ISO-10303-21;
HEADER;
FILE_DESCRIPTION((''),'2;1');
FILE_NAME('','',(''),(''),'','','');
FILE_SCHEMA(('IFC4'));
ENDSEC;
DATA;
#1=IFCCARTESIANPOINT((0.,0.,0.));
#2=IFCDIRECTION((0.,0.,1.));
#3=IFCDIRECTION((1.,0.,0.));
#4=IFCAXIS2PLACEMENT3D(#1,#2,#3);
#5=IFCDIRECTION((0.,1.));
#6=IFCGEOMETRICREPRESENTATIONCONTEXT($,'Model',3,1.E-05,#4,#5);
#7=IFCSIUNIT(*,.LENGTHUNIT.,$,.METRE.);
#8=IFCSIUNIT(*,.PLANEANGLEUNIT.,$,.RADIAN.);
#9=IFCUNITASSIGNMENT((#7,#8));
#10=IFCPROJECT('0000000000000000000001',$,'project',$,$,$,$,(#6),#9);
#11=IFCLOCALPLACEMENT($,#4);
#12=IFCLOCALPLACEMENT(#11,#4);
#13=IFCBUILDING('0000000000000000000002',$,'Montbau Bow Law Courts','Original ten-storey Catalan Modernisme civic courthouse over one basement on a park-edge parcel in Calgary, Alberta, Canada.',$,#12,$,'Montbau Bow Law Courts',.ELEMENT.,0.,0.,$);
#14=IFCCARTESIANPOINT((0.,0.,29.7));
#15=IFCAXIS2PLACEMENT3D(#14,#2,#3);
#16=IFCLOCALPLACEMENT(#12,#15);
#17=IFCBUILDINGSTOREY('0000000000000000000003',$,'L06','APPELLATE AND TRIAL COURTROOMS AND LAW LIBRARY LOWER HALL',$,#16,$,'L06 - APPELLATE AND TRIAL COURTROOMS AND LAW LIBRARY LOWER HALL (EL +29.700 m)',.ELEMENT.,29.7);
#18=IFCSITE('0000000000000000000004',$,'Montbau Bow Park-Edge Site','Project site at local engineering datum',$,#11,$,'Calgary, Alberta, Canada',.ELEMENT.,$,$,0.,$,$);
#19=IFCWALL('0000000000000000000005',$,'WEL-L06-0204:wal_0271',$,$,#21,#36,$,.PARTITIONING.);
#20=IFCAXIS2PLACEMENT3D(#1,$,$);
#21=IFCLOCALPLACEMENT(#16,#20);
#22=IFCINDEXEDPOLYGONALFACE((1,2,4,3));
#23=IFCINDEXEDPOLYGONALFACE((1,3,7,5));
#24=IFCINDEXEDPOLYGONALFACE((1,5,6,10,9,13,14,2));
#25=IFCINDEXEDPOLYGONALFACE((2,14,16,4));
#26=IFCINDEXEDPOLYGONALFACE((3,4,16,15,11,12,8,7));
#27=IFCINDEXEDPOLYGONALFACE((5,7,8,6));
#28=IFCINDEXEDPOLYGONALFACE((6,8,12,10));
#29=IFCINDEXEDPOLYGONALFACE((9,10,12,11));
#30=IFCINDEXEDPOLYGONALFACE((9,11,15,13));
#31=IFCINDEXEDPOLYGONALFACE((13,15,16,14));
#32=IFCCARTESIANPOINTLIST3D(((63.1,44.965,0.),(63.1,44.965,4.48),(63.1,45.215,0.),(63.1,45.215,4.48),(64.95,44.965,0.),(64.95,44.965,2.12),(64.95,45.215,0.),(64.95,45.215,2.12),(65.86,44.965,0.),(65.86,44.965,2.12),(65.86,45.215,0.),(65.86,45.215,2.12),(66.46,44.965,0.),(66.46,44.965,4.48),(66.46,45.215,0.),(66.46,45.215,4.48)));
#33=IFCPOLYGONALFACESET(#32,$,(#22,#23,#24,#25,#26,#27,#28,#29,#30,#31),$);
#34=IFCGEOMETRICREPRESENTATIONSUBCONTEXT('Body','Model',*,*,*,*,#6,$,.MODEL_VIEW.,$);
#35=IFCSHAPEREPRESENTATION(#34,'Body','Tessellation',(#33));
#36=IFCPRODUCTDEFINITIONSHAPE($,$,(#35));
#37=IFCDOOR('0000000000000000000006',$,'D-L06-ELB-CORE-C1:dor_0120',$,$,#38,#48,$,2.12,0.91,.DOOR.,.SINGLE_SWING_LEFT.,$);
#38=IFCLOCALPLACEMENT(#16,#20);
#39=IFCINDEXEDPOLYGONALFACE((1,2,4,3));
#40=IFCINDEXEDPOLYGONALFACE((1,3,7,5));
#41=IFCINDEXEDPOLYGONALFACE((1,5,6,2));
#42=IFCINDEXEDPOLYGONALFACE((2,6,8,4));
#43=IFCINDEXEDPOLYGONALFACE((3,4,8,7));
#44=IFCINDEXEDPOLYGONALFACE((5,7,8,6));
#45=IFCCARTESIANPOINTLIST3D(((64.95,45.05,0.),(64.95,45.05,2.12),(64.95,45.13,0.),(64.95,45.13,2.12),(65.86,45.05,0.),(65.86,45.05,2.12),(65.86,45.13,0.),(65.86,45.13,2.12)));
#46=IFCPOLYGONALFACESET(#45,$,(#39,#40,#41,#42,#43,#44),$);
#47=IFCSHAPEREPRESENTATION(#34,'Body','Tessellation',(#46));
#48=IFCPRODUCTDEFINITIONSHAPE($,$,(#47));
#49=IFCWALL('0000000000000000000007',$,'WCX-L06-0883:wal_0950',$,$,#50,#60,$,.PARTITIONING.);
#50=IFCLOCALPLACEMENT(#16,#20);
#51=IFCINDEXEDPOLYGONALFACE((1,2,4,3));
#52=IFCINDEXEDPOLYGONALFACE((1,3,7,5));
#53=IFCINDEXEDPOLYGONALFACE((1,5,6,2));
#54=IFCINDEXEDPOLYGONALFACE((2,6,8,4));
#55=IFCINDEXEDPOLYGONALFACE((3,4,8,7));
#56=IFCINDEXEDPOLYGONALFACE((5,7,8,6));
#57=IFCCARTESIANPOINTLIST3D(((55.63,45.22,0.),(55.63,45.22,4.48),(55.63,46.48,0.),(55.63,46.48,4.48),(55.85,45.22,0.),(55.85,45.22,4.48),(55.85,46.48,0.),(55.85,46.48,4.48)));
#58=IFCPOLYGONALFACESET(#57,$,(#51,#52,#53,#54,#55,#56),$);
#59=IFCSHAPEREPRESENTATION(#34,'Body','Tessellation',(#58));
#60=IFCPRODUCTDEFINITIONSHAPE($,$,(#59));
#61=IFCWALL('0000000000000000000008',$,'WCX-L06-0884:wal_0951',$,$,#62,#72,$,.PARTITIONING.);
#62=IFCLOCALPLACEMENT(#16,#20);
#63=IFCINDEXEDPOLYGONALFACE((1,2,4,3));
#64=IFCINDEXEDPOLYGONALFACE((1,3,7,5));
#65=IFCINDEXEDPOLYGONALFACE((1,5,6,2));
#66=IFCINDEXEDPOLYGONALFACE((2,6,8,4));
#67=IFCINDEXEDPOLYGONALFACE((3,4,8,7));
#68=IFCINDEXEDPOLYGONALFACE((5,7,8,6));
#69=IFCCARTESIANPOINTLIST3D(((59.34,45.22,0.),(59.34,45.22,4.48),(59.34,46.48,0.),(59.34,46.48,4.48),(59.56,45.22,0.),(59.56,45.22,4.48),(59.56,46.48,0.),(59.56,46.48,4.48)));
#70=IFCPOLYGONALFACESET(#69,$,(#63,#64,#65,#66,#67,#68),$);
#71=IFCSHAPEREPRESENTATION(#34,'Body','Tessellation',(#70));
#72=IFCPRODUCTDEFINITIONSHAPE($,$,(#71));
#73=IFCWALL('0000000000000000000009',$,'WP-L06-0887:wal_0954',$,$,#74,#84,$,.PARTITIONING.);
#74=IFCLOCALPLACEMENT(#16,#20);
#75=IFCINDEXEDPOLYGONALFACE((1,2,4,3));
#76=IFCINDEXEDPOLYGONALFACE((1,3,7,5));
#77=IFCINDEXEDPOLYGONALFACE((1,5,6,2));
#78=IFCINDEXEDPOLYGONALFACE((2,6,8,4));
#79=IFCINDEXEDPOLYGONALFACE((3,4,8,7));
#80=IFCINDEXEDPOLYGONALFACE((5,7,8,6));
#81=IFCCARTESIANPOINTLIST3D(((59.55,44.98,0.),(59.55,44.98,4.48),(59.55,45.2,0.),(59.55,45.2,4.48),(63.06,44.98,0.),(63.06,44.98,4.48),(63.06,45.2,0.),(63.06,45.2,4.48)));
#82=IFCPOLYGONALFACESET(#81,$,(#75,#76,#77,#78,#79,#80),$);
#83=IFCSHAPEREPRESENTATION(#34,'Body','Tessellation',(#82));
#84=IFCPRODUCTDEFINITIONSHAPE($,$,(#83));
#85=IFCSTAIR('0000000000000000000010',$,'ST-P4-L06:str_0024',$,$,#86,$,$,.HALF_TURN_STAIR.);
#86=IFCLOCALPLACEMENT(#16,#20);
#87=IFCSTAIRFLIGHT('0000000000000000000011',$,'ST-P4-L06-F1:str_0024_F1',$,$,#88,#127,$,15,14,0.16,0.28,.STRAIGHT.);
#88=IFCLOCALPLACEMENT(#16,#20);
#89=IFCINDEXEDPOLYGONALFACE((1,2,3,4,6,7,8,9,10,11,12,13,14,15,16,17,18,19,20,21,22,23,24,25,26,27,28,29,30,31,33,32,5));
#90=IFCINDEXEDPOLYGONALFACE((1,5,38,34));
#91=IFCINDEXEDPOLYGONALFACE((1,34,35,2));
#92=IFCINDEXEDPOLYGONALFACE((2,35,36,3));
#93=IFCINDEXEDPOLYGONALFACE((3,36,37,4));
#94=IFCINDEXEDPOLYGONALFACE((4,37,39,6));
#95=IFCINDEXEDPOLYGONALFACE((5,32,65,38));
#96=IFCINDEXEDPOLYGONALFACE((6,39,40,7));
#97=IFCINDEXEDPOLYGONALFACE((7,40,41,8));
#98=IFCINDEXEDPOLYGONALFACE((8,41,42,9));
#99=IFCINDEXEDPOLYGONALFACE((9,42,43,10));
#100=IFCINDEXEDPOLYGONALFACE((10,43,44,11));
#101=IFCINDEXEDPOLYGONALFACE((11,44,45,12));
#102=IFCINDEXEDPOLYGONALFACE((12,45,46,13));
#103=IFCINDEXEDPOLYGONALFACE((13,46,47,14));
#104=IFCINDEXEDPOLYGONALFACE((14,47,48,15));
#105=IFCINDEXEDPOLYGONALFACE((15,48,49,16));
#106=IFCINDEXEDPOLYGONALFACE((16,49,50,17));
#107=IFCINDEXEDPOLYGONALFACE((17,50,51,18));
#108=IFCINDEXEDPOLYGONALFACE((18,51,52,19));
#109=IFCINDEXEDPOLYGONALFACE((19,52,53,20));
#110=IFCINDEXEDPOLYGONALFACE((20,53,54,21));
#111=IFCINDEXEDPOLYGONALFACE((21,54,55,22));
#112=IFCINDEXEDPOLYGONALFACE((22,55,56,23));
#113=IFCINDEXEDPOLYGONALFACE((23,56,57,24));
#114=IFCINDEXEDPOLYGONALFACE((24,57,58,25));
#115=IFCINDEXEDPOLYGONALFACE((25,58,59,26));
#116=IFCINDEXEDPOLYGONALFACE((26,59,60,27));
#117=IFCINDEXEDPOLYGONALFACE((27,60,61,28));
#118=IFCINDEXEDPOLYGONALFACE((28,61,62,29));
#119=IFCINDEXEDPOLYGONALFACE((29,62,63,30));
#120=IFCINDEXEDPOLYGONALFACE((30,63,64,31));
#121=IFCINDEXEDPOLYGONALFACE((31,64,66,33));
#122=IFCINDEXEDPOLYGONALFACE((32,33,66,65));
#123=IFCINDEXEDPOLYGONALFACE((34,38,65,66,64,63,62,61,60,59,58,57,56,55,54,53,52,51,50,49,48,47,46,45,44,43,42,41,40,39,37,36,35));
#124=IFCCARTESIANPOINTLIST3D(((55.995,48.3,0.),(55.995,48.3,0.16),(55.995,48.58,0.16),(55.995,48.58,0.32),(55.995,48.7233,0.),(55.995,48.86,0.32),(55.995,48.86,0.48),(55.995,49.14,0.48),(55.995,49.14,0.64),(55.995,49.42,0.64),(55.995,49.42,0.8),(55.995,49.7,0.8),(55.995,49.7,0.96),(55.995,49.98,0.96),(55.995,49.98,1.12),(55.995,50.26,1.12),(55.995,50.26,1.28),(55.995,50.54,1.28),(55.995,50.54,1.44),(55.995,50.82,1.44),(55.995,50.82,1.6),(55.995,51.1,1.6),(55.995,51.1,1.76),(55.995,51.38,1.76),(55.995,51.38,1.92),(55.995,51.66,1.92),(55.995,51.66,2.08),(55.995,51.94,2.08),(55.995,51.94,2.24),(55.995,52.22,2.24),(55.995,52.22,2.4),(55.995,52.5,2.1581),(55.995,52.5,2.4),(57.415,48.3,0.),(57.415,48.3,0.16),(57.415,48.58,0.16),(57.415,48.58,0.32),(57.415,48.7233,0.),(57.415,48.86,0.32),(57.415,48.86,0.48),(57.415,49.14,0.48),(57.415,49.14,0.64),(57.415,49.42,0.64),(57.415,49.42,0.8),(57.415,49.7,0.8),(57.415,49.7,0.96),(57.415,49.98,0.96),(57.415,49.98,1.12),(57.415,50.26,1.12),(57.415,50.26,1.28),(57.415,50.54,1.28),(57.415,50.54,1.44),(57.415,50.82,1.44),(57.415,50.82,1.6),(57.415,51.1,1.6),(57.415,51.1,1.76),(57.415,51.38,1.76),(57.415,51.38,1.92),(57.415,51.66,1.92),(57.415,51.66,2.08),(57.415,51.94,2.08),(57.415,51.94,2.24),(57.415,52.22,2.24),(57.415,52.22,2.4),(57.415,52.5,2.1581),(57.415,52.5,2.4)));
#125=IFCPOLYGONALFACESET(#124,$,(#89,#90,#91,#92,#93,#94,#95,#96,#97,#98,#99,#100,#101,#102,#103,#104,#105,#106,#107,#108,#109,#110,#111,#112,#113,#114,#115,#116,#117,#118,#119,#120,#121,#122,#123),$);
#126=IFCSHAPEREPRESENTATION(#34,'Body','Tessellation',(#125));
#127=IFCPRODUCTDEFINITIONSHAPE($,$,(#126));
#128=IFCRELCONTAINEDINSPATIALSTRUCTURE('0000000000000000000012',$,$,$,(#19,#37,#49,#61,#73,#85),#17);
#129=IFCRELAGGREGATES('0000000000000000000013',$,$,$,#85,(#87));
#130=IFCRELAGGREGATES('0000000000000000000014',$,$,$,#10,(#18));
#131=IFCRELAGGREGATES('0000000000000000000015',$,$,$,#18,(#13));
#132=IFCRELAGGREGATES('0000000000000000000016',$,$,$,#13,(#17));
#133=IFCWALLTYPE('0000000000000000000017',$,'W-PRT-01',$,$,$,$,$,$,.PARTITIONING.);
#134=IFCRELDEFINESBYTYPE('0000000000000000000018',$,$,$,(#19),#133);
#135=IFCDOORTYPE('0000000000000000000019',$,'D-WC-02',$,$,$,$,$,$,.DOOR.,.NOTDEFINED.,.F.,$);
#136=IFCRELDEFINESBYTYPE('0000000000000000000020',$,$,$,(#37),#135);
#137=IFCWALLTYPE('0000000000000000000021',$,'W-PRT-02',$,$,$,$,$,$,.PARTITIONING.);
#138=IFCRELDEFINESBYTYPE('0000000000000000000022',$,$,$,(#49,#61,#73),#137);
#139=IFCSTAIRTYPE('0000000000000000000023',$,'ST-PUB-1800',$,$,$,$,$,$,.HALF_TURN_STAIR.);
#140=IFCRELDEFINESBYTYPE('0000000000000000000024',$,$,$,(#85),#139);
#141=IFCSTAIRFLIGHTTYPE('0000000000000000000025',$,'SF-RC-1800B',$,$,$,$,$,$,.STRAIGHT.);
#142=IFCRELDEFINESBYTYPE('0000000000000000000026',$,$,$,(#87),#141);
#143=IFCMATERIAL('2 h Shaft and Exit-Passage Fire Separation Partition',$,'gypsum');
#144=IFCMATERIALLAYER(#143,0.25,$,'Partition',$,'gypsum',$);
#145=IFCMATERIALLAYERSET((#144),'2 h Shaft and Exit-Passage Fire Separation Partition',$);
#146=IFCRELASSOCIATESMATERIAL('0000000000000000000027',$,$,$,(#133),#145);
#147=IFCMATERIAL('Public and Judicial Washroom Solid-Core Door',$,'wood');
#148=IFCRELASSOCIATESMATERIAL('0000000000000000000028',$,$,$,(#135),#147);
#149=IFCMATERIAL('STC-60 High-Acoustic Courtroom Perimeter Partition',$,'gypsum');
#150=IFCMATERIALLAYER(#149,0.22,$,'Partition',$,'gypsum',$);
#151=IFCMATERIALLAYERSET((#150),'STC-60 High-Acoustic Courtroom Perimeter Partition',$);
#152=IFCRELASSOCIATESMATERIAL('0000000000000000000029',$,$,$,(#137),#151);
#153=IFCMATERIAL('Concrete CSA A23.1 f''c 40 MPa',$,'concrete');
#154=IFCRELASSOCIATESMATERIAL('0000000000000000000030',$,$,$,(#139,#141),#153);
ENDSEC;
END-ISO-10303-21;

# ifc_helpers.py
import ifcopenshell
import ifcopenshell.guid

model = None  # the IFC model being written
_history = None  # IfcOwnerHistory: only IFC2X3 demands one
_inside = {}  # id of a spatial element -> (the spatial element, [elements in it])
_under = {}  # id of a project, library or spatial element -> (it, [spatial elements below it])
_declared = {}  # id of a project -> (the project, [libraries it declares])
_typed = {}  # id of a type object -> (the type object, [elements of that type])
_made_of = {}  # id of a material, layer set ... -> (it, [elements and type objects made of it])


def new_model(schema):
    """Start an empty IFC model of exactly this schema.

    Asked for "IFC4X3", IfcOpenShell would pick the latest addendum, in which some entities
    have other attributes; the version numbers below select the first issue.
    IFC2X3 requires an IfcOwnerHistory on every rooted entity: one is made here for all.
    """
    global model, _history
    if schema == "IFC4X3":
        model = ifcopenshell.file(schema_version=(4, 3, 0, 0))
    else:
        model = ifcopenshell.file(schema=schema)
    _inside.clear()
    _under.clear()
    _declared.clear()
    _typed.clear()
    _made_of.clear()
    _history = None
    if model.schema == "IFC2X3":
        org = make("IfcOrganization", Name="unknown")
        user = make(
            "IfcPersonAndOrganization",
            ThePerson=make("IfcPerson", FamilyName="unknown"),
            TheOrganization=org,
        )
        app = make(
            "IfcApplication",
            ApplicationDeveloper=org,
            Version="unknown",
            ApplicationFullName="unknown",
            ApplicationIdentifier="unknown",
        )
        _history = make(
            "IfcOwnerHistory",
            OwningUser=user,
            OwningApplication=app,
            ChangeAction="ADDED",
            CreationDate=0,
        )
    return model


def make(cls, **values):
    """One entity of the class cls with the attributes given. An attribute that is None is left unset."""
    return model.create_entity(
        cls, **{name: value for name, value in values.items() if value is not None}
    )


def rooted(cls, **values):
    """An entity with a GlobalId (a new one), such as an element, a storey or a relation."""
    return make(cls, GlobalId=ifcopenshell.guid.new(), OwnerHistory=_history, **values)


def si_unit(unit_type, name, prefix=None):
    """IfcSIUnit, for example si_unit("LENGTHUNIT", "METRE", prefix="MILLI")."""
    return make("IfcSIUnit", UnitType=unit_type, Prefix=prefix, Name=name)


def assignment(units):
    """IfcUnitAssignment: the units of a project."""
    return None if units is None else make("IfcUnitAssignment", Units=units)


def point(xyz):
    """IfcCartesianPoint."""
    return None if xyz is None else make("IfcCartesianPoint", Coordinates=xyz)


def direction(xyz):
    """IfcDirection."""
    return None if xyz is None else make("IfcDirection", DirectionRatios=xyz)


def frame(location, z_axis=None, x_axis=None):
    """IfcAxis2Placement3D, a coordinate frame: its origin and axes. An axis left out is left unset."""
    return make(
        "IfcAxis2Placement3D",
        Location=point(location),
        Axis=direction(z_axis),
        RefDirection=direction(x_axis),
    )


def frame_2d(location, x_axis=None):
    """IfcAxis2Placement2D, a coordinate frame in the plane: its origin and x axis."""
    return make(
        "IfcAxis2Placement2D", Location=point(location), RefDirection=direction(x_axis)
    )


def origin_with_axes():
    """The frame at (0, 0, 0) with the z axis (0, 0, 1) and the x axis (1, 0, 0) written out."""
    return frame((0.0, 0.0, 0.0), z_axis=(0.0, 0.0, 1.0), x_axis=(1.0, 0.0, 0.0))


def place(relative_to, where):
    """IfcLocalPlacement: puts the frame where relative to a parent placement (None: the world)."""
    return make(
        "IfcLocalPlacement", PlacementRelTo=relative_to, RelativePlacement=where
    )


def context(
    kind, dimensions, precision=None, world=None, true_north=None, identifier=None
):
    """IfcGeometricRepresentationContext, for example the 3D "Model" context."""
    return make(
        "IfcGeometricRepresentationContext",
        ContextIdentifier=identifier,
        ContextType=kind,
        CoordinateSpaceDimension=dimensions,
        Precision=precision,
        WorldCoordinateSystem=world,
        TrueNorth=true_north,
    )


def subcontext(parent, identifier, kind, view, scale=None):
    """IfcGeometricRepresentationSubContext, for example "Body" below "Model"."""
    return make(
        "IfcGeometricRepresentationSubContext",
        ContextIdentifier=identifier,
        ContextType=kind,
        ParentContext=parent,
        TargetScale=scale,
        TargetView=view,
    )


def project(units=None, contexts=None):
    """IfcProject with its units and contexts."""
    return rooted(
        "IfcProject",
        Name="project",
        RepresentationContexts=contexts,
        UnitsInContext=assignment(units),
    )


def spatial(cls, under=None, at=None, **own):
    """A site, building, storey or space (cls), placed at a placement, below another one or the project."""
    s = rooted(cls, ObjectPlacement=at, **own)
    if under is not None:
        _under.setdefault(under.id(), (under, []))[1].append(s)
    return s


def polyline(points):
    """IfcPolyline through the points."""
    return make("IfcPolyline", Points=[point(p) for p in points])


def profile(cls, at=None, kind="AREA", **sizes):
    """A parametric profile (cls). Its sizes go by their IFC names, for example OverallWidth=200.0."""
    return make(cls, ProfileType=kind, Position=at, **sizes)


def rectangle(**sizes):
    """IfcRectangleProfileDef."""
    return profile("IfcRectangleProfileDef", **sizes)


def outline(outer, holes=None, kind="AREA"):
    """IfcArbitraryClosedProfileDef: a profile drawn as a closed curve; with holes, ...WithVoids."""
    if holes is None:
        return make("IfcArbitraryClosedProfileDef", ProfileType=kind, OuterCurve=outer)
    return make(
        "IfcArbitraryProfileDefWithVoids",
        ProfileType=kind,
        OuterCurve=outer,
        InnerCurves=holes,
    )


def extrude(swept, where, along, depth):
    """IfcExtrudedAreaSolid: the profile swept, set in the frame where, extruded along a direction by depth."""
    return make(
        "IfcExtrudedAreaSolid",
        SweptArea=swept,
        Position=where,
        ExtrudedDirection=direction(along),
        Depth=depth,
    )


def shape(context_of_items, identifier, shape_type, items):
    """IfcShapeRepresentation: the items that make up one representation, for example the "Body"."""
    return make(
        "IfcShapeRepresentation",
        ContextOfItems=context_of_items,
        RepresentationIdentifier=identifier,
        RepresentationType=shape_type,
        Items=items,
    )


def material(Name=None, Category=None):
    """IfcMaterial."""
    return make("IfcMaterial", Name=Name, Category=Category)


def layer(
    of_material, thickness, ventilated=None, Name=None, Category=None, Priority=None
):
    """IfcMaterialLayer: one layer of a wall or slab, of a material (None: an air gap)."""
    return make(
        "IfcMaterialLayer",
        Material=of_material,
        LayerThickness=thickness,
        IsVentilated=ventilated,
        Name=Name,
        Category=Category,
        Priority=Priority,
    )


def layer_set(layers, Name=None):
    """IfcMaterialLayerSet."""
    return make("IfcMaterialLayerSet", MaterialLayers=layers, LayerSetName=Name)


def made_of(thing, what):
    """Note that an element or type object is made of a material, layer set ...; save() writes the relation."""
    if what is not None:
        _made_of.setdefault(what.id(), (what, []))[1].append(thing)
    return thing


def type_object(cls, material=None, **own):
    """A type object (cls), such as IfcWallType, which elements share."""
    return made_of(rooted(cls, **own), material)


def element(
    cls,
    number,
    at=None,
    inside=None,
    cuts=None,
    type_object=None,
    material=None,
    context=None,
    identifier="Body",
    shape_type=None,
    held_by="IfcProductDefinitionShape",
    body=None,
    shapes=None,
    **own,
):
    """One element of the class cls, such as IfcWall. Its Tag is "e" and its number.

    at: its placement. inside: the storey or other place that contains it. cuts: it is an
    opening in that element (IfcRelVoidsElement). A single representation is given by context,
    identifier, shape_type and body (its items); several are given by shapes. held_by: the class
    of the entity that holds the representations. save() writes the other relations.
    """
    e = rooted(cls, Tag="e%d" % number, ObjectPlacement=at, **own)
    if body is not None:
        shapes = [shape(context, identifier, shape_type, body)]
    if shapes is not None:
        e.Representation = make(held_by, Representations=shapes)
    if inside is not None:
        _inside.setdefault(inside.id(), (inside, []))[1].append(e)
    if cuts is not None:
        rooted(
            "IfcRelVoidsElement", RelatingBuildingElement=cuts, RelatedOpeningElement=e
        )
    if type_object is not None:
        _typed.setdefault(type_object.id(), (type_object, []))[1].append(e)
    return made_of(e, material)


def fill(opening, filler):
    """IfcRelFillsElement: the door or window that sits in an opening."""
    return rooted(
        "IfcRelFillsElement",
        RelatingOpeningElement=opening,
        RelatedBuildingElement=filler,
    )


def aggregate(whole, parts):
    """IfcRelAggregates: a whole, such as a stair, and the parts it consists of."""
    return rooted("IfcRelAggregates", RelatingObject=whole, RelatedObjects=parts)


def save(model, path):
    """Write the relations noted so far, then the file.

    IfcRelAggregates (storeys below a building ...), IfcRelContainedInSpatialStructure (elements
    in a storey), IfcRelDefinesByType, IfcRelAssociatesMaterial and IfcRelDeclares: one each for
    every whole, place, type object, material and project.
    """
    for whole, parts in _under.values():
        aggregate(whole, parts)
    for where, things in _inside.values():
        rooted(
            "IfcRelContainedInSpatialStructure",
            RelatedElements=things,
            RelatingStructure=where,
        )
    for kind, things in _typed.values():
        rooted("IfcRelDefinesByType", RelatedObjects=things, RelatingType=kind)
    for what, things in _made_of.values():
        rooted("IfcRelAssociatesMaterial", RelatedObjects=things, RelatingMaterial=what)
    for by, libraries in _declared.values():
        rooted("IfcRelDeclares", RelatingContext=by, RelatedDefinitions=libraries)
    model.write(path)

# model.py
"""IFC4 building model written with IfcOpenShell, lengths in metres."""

from ifc_helpers import new_model, si_unit, direction, frame, frame_2d, origin_with_axes, place, context, subcontext, project, spatial, polyline, rectangle, outline, extrude, material, layer, layer_set, type_object, element, fill, aggregate, save


model = new_model("IFC4")

# Units and contexts
model_context = context("Model", 3, precision=1e-05, world=origin_with_axes(), true_north=direction((0.0, 1.0)))
body_context = subcontext(model_context, "Body", "Model", "MODEL_VIEW")
ifc_project = project(units=[si_unit("LENGTHUNIT", "METRE"), si_unit("PLANEANGLEUNIT", "RADIAN")], contexts=[model_context])

# Site, building, storey
site_placement = place(None, origin_with_axes())
site = spatial("IfcSite", under=ifc_project, at=site_placement, Name="Montbau Bow Park-Edge Site", Description="Project site at local engineering datum", LongName="Calgary, Alberta, Canada", CompositionType="ELEMENT", RefElevation=0.0)
building_placement = place(site_placement, origin_with_axes())
building = spatial("IfcBuilding", under=site, at=building_placement, Name="Montbau Bow Law Courts", Description="Original ten-storey Catalan Modernisme civic courthouse over one basement on a park-edge parcel in Calgary, Alberta, Canada.", LongName="Montbau Bow Law Courts", CompositionType="ELEMENT", ElevationOfRefHeight=0.0, ElevationOfTerrain=0.0)
storey_placement = place(building_placement, frame((0.0, 0.0, 29.7), z_axis=(0.0, 0.0, 1.0), x_axis=(1.0, 0.0, 0.0)))
storey = spatial("IfcBuildingStorey", under=building, at=storey_placement, Name="L06", Description="APPELLATE AND TRIAL COURTROOMS AND LAW LIBRARY LOWER HALL", LongName="L06 - APPELLATE AND TRIAL COURTROOMS AND LAW LIBRARY LOWER HALL (EL +29.700 m)", CompositionType="ELEMENT", Elevation=29.7)

# Wall, opening, door
ifc_material_1 = material(Name="2 h Shaft and Exit-Passage Fire Separation Partition", Category="gypsum")
ifc_layer_1 = layer(ifc_material_1, 0.25, Name="Partition", Category="gypsum")
ifc_layer_set_1 = layer_set([ifc_layer_1], Name="2 h Shaft and Exit-Passage Fire Separation Partition")
wall_type_1 = type_object("IfcWallType", Name="W-PRT-01", PredefinedType="PARTITIONING", material=ifc_layer_set_1)
wall_1_placement = place(None, frame((63.1, 45.09, 29.7), z_axis=(0.0, 0.0, 1.0), x_axis=(1.0, 0.0, 0.0)))
wall_1 = element("IfcWall", 1, at=wall_1_placement, inside=storey, type_object=wall_type_1, Name="WEL-L06-0204:wal_0271", PredefinedType="PARTITIONING", context=body_context, shape_type="SweptSolid", body=[
    extrude(rectangle(XDim=3.36, YDim=0.25, at=frame_2d((1.68, 0.0), x_axis=(1.0, 0.0))), origin_with_axes(), (0.0, 0.0, 1.0), 4.48),
])
opening_1_placement = place(None, frame((65.405, 45.09, 29.7), z_axis=(0.0, 0.0, 1.0), x_axis=(1.0, 0.0, 0.0)))
opening_1 = element("IfcOpeningElement", 2, at=opening_1_placement, cuts=wall_1, PredefinedType="OPENING", context=body_context, shape_type="SweptSolid", body=[
    extrude(rectangle(XDim=0.91, YDim=2.12, at=frame_2d((0.0, 1.06), x_axis=(1.0, 0.0))), frame((0.0, 0.135, 0.0), z_axis=(0.0, -1.0, 0.0), x_axis=(1.0, 0.0, 0.0)), (0.0, 0.0, 1.0), 0.27),
])
ifc_material_2 = material(Name="Public and Judicial Washroom Solid-Core Door", Category="wood")
door_type_1 = type_object("IfcDoorType", Name="D-WC-02", OperationType="NOTDEFINED", ParameterTakesPrecedence=False, PredefinedType="DOOR", material=ifc_material_2)
door_1_placement = place(None, frame((65.405, 45.09, 29.7), z_axis=(0.0, 0.0, 1.0), x_axis=(1.0, 0.0, 0.0)))
door_1 = element("IfcDoor", 3, at=door_1_placement, inside=storey, type_object=door_type_1, Name="D-L06-ELB-CORE-C1:dor_0120", OperationType="SINGLE_SWING_LEFT", OverallHeight=2.12, OverallWidth=0.91, PredefinedType="DOOR", context=body_context, shape_type="SweptSolid", body=[
    extrude(rectangle(XDim=0.91, YDim=2.12, at=frame_2d((0.0, 1.06), x_axis=(1.0, 0.0))), frame((0.0, 0.04, 0.0), z_axis=(0.0, -1.0, 0.0), x_axis=(1.0, 0.0, 0.0)), (0.0, 0.0, 1.0), 0.08),
])
fill(opening_1, door_1)

# Walls
ifc_material_3 = material(Name="STC-60 High-Acoustic Courtroom Perimeter Partition", Category="gypsum")
ifc_layer_2 = layer(ifc_material_3, 0.22, Name="Partition", Category="gypsum")
ifc_layer_set_2 = layer_set([ifc_layer_2], Name="STC-60 High-Acoustic Courtroom Perimeter Partition")
wall_type_2 = type_object("IfcWallType", Name="W-PRT-02", PredefinedType="PARTITIONING", material=ifc_layer_set_2)
for number, where, z_axis, x_axis, name in (
    (4, (55.74, 45.22, 29.7), (0.0, 0.0, 1.0), (0.0, 1.0, 0.0), "WCX-L06-0883:wal_0950"),
    (5, (59.45, 45.22, 29.7), (0.0, 0.0, 1.0), (0.0, 1.0, 0.0), "WCX-L06-0884:wal_0951"),
):
    element("IfcWall", number, at=place(None, frame(where, z_axis=z_axis, x_axis=x_axis)), inside=storey, type_object=wall_type_2, Name=name, PredefinedType="PARTITIONING", context=body_context, shape_type="SweptSolid", body=[
        extrude(rectangle(XDim=1.26, YDim=0.22, at=frame_2d((0.63, 0.0), x_axis=(1.0, 0.0))), origin_with_axes(), (0.0, 0.0, 1.0), 4.48),
    ])
wall_2_placement = place(None, frame((59.55, 45.09, 29.7), z_axis=(0.0, 0.0, 1.0), x_axis=(1.0, 0.0, 0.0)))
element("IfcWall", 6, at=wall_2_placement, inside=storey, type_object=wall_type_2, Name="WP-L06-0887:wal_0954", PredefinedType="PARTITIONING", context=body_context, shape_type="SweptSolid", body=[
    extrude(rectangle(XDim=3.51, YDim=0.22, at=frame_2d((1.755, 0.0), x_axis=(1.0, 0.0))), origin_with_axes(), (0.0, 0.0, 1.0), 4.48),
])

# Stair, stair flight
ifc_material_4 = material(Name="Concrete CSA A23.1 f'c 40 MPa", Category="concrete")
stair_type = type_object("IfcStairType", Name="ST-PUB-1800", PredefinedType="HALF_TURN_STAIR", material=ifc_material_4)
stair_placement = place(None, frame((56.705, 48.3, 29.7), z_axis=(0.0, 0.0, 1.0), x_axis=(1.0, 0.0, 0.0)))
stair = element("IfcStair", 7, at=stair_placement, inside=storey, type_object=stair_type, Name="ST-P4-L06:str_0024", PredefinedType="HALF_TURN_STAIR")
stair_flight_type = type_object("IfcStairFlightType", Name="SF-RC-1800B", PredefinedType="STRAIGHT", material=ifc_material_4)
stair_flight_placement = place(None, frame((56.705, 48.3, 29.7), z_axis=(0.0, 0.0, 1.0), x_axis=(0.0, 1.0, 0.0)))
stair_flight = element("IfcStairFlight", 8, at=stair_flight_placement, type_object=stair_flight_type, Name="ST-P4-L06-F1:str_0024_F1", NumberOfRisers=15, NumberOfTreads=14, PredefinedType="STRAIGHT", RiserHeight=0.16, TreadLength=0.28, context=body_context, shape_type="SweptSolid", body=[
    extrude(outline(polyline([(0.0, 0.0), (0.0, 0.16), (0.28, 0.16), (0.28, 0.32), (0.56, 0.32), (0.56, 0.48), (0.84, 0.48), (0.84, 0.64), (1.12, 0.64), (1.12, 0.8), (1.4, 0.8), (1.4, 0.96), (1.68, 0.96), (1.68, 1.12), (1.96, 1.12), (1.96, 1.28), (2.24, 1.28), (2.24, 1.44), (2.52, 1.44), (2.52, 1.6), (2.8, 1.6), (2.8, 1.76), (3.08, 1.76), (3.08, 1.92), (3.36, 1.92), (3.36, 2.08), (3.64, 2.08), (3.64, 2.24), (3.92, 2.24), (3.92, 2.4), (4.2, 2.4), (4.2, 2.1581), (0.4233, 0.0), (0.0, 0.0)])), frame((0.0, 0.71, 0.0), z_axis=(0.0, -1.0, 0.0), x_axis=(1.0, 0.0, 0.0)), (0.0, 0.0, 1.0), 1.42),
])
aggregate(stair, [stair_flight])

save(model, "model.ifc")
